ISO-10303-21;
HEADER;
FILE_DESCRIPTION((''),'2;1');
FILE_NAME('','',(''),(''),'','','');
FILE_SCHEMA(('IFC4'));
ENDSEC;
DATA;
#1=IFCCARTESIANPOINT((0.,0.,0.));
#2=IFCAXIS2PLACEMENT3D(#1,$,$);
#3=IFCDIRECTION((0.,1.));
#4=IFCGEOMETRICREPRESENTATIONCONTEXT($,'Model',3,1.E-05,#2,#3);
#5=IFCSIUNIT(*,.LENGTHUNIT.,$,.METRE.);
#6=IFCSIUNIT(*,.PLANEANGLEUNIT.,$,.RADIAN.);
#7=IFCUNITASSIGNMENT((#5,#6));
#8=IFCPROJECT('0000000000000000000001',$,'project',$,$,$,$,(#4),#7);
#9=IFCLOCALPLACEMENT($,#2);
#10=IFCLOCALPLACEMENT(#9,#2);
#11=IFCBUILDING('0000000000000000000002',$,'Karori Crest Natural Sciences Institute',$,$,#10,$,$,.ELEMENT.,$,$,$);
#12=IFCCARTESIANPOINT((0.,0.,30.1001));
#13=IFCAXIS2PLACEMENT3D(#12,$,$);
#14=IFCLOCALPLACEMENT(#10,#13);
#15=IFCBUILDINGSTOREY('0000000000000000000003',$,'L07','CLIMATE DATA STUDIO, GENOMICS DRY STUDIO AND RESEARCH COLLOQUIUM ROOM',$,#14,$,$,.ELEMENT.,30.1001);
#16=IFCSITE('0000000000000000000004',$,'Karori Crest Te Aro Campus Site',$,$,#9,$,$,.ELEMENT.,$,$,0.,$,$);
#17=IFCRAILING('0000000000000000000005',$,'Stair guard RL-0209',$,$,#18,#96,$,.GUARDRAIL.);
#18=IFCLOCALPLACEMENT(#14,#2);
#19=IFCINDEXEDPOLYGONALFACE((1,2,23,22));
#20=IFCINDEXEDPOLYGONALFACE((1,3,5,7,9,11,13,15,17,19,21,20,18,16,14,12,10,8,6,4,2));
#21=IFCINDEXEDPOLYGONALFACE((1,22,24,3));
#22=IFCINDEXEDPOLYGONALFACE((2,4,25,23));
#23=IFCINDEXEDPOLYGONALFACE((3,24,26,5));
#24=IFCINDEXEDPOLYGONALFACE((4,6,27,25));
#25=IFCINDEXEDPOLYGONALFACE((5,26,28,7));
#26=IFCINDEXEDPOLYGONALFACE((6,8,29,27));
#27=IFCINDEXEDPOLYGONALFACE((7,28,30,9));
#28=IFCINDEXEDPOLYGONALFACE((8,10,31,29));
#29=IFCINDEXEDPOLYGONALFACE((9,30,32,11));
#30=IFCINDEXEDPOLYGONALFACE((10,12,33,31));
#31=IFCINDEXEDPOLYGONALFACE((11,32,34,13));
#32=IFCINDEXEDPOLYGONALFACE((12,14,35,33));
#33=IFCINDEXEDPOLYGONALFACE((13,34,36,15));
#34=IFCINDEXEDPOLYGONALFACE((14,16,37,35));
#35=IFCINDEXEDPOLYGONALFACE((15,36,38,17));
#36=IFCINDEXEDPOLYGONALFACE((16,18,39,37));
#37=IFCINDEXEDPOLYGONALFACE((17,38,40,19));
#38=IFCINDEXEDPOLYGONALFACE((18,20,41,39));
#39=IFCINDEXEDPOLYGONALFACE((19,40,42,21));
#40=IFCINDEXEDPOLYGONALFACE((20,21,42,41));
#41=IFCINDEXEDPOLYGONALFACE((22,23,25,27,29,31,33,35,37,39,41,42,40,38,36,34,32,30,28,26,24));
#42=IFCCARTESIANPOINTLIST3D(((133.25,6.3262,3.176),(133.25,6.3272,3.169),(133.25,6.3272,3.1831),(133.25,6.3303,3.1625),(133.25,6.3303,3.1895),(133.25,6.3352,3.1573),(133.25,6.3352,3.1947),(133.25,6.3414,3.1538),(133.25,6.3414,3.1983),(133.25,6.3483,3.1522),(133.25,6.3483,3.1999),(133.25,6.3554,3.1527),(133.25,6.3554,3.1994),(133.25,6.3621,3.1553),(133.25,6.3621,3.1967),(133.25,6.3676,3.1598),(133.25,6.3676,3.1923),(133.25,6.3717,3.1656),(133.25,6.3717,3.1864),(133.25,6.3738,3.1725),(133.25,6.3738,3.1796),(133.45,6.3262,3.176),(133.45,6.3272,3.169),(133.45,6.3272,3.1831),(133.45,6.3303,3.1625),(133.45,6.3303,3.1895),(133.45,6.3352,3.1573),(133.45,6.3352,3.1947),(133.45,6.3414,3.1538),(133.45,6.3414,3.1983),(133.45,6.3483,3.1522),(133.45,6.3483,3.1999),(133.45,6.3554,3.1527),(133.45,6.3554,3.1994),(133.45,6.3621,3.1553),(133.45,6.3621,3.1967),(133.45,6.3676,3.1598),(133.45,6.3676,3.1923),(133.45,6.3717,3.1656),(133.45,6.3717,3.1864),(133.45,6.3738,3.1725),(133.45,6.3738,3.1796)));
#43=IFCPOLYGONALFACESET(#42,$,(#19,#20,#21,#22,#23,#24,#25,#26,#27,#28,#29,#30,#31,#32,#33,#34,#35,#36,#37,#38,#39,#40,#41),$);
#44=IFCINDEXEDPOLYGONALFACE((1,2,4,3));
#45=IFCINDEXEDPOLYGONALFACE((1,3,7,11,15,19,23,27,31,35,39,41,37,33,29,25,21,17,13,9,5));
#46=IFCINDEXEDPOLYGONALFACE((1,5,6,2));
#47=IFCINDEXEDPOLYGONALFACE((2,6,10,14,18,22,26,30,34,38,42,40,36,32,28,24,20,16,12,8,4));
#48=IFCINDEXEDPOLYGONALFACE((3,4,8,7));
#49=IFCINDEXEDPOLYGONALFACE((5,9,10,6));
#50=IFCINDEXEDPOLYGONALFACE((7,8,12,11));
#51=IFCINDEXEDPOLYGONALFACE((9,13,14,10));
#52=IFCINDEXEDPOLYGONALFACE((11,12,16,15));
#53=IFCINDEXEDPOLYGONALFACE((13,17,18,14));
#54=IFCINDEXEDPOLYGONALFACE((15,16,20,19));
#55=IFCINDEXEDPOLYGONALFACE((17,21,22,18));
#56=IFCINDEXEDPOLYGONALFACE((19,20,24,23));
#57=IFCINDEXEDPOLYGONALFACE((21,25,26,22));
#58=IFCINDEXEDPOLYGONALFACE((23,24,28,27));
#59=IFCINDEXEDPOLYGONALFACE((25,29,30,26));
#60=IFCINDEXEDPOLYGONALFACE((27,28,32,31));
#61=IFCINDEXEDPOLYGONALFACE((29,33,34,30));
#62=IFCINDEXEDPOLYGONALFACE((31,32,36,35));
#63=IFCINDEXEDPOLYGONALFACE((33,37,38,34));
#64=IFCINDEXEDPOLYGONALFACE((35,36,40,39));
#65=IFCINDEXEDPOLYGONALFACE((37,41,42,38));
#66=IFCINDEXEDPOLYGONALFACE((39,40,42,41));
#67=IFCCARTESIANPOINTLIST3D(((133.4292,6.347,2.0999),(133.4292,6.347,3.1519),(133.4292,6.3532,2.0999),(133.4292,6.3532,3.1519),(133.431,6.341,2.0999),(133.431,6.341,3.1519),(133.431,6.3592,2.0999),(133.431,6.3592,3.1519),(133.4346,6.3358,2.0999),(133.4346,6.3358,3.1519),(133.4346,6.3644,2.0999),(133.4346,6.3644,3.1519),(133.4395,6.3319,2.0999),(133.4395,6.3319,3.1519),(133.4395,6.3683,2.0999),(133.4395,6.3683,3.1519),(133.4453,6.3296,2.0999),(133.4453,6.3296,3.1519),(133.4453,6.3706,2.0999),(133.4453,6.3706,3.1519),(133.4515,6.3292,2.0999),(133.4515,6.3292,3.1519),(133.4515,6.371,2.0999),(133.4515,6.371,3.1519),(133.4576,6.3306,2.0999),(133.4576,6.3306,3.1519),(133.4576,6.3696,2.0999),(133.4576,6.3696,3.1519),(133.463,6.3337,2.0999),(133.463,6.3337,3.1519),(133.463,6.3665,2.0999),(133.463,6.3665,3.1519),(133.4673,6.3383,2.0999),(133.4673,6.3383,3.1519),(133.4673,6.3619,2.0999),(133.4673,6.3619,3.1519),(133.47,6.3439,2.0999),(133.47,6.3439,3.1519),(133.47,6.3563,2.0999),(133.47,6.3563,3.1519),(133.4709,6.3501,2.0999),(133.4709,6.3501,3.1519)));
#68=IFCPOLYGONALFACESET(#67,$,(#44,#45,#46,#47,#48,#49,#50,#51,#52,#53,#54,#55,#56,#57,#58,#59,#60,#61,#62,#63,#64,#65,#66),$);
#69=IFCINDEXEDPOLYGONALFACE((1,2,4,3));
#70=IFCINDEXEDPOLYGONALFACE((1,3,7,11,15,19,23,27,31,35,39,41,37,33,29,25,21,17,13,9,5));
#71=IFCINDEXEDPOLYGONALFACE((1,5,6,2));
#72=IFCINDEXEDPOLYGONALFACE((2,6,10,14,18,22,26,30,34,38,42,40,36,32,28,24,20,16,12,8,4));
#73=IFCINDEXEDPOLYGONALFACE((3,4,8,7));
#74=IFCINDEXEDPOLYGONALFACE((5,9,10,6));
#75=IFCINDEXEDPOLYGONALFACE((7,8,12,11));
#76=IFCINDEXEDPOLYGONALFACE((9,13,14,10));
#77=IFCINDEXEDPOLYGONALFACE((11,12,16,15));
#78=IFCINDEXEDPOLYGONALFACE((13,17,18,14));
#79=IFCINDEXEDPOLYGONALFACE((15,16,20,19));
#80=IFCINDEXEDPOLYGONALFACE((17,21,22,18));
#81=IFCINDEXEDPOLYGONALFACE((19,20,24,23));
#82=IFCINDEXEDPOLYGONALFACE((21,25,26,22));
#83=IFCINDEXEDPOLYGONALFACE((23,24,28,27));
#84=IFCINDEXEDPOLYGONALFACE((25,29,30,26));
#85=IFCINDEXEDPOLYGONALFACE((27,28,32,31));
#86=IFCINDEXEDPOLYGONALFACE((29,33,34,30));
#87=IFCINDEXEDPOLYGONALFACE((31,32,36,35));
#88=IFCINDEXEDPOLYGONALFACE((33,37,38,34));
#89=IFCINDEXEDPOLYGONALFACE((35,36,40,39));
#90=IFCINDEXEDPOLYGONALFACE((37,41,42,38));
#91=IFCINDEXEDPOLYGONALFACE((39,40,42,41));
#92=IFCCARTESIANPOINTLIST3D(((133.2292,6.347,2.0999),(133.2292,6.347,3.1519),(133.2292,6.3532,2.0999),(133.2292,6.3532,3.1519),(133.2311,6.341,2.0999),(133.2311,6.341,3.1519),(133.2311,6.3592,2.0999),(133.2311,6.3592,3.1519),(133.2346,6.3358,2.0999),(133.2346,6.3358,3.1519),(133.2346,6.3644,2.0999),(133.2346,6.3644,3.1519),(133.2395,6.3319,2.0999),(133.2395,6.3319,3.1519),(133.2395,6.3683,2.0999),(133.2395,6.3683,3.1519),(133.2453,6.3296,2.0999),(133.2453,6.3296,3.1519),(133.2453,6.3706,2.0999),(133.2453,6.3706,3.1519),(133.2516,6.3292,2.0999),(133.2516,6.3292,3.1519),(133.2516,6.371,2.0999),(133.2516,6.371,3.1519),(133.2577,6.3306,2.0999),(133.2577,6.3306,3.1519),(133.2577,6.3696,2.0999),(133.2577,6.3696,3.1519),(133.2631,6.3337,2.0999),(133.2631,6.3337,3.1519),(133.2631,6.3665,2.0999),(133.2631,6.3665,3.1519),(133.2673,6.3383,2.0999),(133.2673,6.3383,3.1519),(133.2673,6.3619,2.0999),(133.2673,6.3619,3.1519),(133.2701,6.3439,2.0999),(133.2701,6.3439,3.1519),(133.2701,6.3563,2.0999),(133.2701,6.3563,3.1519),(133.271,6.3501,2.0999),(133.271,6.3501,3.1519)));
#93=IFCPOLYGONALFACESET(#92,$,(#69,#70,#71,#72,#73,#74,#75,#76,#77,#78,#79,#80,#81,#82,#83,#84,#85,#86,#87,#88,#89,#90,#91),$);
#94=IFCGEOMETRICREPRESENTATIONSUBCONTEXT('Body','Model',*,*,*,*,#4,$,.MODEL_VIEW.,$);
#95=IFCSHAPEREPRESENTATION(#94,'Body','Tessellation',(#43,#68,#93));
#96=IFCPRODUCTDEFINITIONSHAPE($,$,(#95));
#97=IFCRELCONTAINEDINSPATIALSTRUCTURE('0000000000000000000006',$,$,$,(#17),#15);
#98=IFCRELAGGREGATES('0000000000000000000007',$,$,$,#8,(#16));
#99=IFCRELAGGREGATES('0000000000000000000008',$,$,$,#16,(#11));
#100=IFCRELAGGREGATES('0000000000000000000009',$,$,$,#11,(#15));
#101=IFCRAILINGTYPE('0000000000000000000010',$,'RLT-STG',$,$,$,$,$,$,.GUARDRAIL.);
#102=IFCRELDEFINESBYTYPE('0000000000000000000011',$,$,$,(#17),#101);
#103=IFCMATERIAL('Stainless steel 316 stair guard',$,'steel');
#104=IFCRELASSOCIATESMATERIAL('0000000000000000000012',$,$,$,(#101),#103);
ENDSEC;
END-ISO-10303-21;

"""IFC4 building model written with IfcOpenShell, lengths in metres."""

from ifc_helpers import new_model, si_unit, direction, frame, origin, origin_2d, place, context, subcontext, project, spatial, circle, extrude, material, type_object, element, save


model = new_model("IFC4")

# Units and contexts
model_context = context("Model", 3, precision=1e-05, world=origin(), true_north=direction((0.0, 1.0)))
body_context = subcontext(model_context, "Body", "Model", "MODEL_VIEW")
ifc_project = project(units=[si_unit("LENGTHUNIT", "METRE"), si_unit("PLANEANGLEUNIT", "RADIAN")], contexts=[model_context])

# Site, building, storey
site_placement = place(None, origin())
site = spatial("IfcSite", under=ifc_project, at=site_placement, Name="Karori Crest Te Aro Campus Site", CompositionType="ELEMENT", RefElevation=0.0)
building_placement = place(site_placement, origin())
building = spatial("IfcBuilding", under=site, at=building_placement, Name="Karori Crest Natural Sciences Institute", CompositionType="ELEMENT")
storey_placement = place(building_placement, frame((0.0, 0.0, 30.1001)))
storey = spatial("IfcBuildingStorey", under=building, at=storey_placement, Name="L07", Description="CLIMATE DATA STUDIO, GENOMICS DRY STUDIO AND RESEARCH COLLOQUIUM ROOM", CompositionType="ELEMENT", Elevation=30.1001)

# Railing
ifc_material_1 = material(Name="Stainless steel 316 stair guard", Category="steel")
railing_type_1 = type_object("IfcRailingType", Name="RLT-STG", PredefinedType="GUARDRAIL", material=ifc_material_1)
railing_1_placement = place(storey_placement, frame((133.45, 6.3501, 2.0999)))
element("IfcRailing", 1, at=railing_1_placement, inside=storey, type_object=railing_type_1, Name="Stair guard RL-0209", PredefinedType="GUARDRAIL", context=body_context, shape_type="SweptSolid", body=[
    extrude(circle(Radius=0.0239, at=origin_2d()), frame((0.0, 0.0, 1.0762), z_axis=(-1.0, 0.0, 0.0), x_axis=(0.0, -1.0, 0.0)), (0.0, 0.0, 1.0), 0.2),
    extrude(circle(Radius=0.021, at=origin_2d()), origin(), (0.0, 0.0, 1.0), 1.052),
    extrude(circle(Radius=0.021, at=origin_2d()), frame((-0.2, 0.0, 0.0)), (0.0, 0.0, 1.0), 1.052),
])

save(model, "model.ifc")
